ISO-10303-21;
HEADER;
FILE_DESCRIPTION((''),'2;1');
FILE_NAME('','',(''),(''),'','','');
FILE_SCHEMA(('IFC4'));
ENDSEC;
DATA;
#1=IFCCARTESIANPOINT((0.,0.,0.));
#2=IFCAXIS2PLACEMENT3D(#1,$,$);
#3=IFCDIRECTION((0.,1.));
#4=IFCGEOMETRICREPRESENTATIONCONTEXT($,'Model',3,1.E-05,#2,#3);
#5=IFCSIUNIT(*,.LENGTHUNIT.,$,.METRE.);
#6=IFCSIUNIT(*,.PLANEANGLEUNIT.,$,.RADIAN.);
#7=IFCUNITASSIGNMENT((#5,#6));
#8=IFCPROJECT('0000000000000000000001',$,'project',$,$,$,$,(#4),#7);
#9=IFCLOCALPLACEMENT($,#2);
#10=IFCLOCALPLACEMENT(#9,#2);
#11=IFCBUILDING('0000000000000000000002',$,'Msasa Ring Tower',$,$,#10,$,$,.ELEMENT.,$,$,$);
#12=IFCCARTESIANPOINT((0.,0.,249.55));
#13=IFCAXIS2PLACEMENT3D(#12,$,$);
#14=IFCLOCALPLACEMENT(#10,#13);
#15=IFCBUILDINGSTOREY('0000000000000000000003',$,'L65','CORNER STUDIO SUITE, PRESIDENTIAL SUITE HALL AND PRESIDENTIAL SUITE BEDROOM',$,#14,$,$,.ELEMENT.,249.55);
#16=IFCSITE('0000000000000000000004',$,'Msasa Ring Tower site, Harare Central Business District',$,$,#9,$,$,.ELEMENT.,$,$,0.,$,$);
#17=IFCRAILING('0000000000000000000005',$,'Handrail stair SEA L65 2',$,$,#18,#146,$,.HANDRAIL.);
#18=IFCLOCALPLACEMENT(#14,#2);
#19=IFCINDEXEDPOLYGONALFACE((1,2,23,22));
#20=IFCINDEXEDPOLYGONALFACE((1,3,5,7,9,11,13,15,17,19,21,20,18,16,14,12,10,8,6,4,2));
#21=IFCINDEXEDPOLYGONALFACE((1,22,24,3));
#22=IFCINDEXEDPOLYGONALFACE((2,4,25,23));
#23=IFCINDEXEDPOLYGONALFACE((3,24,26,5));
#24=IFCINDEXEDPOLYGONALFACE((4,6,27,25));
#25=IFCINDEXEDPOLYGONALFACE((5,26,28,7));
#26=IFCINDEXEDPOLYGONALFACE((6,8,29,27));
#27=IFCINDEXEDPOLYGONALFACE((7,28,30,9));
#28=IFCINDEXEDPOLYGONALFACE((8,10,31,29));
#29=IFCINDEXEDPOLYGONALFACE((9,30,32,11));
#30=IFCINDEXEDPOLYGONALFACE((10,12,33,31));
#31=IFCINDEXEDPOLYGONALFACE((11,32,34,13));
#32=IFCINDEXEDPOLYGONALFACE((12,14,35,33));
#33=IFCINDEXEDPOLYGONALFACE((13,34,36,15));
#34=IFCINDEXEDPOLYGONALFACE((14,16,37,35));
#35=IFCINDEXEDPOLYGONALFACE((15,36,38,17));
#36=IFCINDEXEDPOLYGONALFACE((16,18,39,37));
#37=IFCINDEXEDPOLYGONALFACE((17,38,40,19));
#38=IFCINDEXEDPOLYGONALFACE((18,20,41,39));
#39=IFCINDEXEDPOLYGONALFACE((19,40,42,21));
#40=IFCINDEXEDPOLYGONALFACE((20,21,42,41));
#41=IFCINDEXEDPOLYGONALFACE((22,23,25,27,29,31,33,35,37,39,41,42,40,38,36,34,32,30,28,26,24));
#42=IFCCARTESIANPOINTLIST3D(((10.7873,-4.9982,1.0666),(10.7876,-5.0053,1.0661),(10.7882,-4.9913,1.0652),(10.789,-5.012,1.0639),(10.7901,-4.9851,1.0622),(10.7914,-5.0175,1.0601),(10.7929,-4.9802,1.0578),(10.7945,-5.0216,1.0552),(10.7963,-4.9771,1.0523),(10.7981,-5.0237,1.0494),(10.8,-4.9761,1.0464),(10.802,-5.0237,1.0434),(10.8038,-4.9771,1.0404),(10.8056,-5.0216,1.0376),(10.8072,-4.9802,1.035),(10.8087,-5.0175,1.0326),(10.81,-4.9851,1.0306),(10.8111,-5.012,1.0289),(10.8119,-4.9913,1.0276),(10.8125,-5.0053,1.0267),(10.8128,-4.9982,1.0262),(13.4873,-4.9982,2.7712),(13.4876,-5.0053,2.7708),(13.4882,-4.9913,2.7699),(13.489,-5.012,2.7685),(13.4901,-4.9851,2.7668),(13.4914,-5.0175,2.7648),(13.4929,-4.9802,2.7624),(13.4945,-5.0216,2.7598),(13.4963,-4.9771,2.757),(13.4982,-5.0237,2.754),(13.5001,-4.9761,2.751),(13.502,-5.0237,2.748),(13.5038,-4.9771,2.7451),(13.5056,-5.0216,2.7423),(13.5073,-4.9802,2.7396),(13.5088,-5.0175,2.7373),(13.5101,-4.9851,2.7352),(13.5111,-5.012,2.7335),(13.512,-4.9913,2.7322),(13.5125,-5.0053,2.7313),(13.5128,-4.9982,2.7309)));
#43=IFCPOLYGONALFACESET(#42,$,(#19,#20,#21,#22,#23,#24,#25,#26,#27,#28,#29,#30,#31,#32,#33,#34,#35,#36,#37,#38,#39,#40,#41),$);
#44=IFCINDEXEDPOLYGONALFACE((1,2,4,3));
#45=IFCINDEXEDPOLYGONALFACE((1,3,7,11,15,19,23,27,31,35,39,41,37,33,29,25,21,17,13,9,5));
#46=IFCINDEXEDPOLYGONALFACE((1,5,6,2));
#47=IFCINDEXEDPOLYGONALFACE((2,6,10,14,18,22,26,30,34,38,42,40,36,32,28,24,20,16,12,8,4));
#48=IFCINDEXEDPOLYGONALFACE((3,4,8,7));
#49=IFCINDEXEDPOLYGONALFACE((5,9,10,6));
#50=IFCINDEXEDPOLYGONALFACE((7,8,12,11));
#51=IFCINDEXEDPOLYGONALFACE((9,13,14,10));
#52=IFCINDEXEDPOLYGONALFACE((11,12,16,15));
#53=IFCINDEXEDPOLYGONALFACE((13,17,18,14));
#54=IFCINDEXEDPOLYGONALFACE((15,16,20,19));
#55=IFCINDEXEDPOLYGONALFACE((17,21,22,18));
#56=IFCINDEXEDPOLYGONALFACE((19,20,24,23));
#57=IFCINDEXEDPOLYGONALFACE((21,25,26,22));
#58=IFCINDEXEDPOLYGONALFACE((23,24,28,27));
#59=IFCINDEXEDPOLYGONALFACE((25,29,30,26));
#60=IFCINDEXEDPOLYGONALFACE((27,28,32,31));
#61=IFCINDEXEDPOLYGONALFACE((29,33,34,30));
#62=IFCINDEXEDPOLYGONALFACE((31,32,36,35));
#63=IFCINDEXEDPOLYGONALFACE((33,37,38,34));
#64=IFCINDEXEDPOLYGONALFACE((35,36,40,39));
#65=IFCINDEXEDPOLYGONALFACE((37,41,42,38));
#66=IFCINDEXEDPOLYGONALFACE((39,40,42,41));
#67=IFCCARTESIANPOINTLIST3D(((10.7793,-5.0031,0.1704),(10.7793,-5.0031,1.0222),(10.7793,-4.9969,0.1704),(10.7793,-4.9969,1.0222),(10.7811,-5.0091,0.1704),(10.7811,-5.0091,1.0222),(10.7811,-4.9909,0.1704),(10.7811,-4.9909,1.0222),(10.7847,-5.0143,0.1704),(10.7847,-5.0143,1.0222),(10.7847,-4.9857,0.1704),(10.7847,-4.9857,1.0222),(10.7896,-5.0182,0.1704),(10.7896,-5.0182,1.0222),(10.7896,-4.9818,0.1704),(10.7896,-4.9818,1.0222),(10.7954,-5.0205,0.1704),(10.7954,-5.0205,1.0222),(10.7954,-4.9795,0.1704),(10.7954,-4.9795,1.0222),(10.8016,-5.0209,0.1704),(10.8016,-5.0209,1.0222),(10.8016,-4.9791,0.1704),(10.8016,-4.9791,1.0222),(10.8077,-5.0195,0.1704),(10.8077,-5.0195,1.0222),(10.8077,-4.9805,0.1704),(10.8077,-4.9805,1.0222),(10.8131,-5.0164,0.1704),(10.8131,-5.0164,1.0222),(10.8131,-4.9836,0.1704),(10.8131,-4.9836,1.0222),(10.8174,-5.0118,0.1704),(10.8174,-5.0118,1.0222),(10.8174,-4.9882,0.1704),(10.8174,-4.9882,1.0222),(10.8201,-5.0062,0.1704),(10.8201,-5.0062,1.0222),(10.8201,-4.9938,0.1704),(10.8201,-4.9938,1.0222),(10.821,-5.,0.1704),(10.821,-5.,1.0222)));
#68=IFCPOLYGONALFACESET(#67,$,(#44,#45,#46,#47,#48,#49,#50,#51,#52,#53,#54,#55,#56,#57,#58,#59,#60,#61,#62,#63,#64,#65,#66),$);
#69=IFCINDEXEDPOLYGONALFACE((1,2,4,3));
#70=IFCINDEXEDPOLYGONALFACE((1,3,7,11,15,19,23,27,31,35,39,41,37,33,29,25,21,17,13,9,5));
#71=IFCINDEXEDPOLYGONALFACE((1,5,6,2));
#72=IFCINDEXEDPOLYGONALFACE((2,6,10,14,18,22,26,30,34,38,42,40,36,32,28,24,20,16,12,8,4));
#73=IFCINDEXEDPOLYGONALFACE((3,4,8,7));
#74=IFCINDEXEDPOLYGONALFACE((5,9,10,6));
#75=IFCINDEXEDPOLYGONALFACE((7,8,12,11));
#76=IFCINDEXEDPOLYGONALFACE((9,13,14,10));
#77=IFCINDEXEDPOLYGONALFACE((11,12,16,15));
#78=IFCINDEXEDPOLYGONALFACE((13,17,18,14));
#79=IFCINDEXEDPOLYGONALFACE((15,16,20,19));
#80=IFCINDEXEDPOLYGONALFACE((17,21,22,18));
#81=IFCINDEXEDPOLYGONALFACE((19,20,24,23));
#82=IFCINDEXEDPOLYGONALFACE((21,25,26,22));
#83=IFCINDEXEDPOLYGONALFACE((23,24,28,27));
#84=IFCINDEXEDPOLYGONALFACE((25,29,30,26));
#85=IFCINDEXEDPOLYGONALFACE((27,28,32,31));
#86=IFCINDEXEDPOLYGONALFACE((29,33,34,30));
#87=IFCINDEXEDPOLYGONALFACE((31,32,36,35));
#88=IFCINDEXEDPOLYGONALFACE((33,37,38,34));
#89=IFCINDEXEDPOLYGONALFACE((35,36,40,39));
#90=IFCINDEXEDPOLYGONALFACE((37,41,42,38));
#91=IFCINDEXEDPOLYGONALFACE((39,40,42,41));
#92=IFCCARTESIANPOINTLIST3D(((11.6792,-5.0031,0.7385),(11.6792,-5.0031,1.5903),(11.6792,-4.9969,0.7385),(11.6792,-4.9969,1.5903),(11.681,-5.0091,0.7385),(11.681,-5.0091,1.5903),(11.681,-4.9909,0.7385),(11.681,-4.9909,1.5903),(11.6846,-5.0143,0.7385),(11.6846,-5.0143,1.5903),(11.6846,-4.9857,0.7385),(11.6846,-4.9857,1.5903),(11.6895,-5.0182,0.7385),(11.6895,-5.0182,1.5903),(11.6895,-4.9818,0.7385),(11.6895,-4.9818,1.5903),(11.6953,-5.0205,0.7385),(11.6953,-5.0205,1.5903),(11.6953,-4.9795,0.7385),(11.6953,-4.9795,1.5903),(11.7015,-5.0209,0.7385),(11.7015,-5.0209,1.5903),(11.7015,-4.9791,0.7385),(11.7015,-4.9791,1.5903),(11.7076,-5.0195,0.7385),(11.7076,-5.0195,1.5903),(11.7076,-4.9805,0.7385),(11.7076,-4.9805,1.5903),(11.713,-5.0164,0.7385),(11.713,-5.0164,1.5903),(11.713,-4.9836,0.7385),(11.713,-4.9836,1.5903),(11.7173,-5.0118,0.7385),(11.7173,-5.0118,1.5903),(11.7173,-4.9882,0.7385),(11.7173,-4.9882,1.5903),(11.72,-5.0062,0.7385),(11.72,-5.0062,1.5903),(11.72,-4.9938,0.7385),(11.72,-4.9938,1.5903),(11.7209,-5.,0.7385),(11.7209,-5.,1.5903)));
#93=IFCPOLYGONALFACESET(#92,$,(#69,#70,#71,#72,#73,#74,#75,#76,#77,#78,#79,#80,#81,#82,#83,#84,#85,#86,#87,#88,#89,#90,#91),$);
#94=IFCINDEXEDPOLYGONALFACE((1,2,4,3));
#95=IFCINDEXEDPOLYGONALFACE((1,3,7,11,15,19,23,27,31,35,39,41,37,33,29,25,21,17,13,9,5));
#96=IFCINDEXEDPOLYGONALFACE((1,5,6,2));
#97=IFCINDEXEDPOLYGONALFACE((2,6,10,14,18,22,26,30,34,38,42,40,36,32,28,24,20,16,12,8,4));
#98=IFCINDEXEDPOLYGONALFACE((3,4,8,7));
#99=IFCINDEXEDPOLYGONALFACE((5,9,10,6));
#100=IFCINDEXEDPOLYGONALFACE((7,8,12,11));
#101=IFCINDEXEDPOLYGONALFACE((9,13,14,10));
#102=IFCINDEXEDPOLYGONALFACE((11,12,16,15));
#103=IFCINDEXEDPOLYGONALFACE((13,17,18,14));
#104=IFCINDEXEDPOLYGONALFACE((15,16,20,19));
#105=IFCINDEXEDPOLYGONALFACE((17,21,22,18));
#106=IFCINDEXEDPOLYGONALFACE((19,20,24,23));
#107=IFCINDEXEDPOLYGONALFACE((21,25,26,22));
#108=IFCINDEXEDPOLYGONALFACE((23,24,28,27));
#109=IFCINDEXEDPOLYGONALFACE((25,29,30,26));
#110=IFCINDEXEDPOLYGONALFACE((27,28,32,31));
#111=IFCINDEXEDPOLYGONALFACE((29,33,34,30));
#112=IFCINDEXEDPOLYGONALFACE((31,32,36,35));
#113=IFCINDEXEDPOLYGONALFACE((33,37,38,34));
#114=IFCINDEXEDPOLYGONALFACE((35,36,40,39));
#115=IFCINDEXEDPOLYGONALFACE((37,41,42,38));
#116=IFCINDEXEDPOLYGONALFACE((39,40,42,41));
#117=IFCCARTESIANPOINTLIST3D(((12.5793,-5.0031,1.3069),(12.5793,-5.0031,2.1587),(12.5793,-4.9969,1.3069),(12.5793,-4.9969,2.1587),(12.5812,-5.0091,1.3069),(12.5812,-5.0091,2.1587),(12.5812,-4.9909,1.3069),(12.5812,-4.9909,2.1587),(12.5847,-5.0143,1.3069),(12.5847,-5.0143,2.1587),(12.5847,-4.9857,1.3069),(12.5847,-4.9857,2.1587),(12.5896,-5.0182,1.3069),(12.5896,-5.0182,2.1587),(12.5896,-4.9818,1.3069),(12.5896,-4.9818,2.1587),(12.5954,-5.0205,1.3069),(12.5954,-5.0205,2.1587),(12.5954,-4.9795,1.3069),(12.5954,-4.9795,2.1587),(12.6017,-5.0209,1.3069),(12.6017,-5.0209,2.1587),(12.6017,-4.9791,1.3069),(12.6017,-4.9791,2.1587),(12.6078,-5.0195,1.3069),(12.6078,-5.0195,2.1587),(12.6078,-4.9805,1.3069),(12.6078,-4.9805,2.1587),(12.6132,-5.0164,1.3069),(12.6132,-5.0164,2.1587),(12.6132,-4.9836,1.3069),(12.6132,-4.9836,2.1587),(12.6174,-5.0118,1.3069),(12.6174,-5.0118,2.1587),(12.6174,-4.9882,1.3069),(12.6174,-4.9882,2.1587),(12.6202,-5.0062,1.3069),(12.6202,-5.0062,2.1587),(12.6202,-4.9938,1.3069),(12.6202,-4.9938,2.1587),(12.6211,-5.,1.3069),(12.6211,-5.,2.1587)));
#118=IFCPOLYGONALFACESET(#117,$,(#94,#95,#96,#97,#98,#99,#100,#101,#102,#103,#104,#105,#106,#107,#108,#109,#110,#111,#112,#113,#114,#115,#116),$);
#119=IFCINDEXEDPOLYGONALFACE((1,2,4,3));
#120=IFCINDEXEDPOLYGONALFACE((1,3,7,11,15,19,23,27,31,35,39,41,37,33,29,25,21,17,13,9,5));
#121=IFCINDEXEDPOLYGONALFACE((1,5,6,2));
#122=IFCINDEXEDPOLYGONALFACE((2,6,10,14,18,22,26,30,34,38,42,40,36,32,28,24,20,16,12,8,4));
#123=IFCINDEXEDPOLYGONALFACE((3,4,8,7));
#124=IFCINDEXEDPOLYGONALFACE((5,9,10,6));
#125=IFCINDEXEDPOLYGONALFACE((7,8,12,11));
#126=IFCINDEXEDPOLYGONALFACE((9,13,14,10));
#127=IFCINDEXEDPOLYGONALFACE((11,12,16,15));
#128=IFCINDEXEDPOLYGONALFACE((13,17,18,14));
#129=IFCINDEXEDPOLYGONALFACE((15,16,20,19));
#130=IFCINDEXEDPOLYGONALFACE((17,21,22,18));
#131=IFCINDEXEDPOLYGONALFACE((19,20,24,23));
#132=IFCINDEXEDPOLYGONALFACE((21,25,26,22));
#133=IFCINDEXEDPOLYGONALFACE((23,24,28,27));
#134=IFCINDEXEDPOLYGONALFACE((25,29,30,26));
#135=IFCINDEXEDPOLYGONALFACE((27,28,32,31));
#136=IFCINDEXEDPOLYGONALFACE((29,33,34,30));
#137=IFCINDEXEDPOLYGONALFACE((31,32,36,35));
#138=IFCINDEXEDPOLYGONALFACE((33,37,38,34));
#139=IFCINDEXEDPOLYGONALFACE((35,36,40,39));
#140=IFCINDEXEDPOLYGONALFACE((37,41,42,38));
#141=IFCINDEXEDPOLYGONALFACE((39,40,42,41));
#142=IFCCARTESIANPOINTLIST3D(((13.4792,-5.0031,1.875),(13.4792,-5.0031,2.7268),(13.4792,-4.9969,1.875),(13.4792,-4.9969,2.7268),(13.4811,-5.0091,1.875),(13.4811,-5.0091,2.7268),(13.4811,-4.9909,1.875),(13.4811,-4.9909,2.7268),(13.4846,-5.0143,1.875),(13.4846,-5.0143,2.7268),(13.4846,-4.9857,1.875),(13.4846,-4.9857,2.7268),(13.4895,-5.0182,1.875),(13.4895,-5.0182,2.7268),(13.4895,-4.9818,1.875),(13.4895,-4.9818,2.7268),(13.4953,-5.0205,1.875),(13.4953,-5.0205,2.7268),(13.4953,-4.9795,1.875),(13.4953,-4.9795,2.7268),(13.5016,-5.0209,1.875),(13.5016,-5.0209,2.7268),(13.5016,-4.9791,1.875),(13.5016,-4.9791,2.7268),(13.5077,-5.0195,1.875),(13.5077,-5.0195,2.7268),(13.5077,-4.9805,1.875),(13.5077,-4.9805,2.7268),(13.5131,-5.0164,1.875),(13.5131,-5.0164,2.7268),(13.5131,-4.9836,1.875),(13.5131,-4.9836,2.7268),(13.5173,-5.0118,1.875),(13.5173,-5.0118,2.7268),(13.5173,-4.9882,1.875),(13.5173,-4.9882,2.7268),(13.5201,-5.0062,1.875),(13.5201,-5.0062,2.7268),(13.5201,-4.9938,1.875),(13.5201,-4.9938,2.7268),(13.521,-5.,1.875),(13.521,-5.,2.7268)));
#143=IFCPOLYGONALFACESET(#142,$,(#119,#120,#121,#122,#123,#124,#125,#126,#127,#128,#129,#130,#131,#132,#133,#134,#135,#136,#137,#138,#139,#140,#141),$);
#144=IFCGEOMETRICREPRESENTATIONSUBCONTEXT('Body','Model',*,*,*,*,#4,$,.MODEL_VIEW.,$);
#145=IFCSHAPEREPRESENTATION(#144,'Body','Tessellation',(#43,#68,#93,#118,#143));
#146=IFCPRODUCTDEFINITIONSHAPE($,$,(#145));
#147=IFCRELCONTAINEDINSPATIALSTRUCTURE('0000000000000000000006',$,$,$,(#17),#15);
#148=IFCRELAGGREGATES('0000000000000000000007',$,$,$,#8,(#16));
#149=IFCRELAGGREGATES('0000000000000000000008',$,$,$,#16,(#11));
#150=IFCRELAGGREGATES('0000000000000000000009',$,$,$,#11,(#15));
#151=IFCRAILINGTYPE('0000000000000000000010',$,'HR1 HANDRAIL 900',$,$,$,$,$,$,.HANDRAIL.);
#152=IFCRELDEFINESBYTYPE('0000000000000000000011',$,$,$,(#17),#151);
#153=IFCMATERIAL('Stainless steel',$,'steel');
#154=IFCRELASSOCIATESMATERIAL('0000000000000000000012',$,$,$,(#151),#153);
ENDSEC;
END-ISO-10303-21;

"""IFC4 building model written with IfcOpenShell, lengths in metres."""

from ifc_helpers import new_model, si_unit, direction, frame, origin, origin_2d, place, context, subcontext, project, spatial, circle, extrude, material, type_object, element, save


model = new_model("IFC4")

# Units and contexts
model_context = context("Model", 3, precision=1e-05, world=origin(), true_north=direction((0.0, 1.0)))
body_context = subcontext(model_context, "Body", "Model", "MODEL_VIEW")
ifc_project = project(units=[si_unit("LENGTHUNIT", "METRE"), si_unit("PLANEANGLEUNIT", "RADIAN")], contexts=[model_context])

# Site, building, storey
site_placement = place(None, origin())
site = spatial("IfcSite", under=ifc_project, at=site_placement, Name="Msasa Ring Tower site, Harare Central Business District", CompositionType="ELEMENT", RefElevation=0.0)
building_placement = place(site_placement, origin())
building = spatial("IfcBuilding", under=site, at=building_placement, Name="Msasa Ring Tower", CompositionType="ELEMENT")
storey_placement = place(building_placement, frame((0.0, 0.0, 249.55)))
storey = spatial("IfcBuildingStorey", under=building, at=storey_placement, Name="L65", Description="CORNER STUDIO SUITE, PRESIDENTIAL SUITE HALL AND PRESIDENTIAL SUITE BEDROOM", CompositionType="ELEMENT", Elevation=249.55)

# Railing
ifc_material_1 = material(Name="Stainless steel", Category="steel")
railing_type = type_object("IfcRailingType", Name="HR1 HANDRAIL 900", PredefinedType="HANDRAIL", material=ifc_material_1)
railing_placement = place(storey_placement, frame((10.8, -5.0, 0.1704)))
element("IfcRailing", 1, at=railing_placement, inside=storey, type_object=railing_type, Name="Handrail stair SEA L65 2", PredefinedType="HANDRAIL", context=body_context, shape_type="SweptSolid", body=[
    extrude(circle(Radius=0.0239, at=origin_2d()), frame((0.0, 0.0, 0.876), z_axis=(0.84558, 0.0, 0.533849), x_axis=(0.0, 1.0, 0.0)), (0.0, 0.0, 1.0), 3.1931),
    extrude(circle(Radius=0.021, at=origin_2d()), origin(), (0.0, 0.0, 1.0), 0.8518),
    extrude(circle(Radius=0.021, at=origin_2d()), frame((0.8999, 0.0, 0.5681)), (0.0, 0.0, 1.0), 0.8518),
    extrude(circle(Radius=0.021, at=origin_2d()), frame((1.8, 0.0, 1.1365)), (0.0, 0.0, 1.0), 0.8518),
    extrude(circle(Radius=0.021, at=origin_2d()), frame((2.7, 0.0, 1.7046)), (0.0, 0.0, 1.0), 0.8518),
])

save(model, "model.ifc")
